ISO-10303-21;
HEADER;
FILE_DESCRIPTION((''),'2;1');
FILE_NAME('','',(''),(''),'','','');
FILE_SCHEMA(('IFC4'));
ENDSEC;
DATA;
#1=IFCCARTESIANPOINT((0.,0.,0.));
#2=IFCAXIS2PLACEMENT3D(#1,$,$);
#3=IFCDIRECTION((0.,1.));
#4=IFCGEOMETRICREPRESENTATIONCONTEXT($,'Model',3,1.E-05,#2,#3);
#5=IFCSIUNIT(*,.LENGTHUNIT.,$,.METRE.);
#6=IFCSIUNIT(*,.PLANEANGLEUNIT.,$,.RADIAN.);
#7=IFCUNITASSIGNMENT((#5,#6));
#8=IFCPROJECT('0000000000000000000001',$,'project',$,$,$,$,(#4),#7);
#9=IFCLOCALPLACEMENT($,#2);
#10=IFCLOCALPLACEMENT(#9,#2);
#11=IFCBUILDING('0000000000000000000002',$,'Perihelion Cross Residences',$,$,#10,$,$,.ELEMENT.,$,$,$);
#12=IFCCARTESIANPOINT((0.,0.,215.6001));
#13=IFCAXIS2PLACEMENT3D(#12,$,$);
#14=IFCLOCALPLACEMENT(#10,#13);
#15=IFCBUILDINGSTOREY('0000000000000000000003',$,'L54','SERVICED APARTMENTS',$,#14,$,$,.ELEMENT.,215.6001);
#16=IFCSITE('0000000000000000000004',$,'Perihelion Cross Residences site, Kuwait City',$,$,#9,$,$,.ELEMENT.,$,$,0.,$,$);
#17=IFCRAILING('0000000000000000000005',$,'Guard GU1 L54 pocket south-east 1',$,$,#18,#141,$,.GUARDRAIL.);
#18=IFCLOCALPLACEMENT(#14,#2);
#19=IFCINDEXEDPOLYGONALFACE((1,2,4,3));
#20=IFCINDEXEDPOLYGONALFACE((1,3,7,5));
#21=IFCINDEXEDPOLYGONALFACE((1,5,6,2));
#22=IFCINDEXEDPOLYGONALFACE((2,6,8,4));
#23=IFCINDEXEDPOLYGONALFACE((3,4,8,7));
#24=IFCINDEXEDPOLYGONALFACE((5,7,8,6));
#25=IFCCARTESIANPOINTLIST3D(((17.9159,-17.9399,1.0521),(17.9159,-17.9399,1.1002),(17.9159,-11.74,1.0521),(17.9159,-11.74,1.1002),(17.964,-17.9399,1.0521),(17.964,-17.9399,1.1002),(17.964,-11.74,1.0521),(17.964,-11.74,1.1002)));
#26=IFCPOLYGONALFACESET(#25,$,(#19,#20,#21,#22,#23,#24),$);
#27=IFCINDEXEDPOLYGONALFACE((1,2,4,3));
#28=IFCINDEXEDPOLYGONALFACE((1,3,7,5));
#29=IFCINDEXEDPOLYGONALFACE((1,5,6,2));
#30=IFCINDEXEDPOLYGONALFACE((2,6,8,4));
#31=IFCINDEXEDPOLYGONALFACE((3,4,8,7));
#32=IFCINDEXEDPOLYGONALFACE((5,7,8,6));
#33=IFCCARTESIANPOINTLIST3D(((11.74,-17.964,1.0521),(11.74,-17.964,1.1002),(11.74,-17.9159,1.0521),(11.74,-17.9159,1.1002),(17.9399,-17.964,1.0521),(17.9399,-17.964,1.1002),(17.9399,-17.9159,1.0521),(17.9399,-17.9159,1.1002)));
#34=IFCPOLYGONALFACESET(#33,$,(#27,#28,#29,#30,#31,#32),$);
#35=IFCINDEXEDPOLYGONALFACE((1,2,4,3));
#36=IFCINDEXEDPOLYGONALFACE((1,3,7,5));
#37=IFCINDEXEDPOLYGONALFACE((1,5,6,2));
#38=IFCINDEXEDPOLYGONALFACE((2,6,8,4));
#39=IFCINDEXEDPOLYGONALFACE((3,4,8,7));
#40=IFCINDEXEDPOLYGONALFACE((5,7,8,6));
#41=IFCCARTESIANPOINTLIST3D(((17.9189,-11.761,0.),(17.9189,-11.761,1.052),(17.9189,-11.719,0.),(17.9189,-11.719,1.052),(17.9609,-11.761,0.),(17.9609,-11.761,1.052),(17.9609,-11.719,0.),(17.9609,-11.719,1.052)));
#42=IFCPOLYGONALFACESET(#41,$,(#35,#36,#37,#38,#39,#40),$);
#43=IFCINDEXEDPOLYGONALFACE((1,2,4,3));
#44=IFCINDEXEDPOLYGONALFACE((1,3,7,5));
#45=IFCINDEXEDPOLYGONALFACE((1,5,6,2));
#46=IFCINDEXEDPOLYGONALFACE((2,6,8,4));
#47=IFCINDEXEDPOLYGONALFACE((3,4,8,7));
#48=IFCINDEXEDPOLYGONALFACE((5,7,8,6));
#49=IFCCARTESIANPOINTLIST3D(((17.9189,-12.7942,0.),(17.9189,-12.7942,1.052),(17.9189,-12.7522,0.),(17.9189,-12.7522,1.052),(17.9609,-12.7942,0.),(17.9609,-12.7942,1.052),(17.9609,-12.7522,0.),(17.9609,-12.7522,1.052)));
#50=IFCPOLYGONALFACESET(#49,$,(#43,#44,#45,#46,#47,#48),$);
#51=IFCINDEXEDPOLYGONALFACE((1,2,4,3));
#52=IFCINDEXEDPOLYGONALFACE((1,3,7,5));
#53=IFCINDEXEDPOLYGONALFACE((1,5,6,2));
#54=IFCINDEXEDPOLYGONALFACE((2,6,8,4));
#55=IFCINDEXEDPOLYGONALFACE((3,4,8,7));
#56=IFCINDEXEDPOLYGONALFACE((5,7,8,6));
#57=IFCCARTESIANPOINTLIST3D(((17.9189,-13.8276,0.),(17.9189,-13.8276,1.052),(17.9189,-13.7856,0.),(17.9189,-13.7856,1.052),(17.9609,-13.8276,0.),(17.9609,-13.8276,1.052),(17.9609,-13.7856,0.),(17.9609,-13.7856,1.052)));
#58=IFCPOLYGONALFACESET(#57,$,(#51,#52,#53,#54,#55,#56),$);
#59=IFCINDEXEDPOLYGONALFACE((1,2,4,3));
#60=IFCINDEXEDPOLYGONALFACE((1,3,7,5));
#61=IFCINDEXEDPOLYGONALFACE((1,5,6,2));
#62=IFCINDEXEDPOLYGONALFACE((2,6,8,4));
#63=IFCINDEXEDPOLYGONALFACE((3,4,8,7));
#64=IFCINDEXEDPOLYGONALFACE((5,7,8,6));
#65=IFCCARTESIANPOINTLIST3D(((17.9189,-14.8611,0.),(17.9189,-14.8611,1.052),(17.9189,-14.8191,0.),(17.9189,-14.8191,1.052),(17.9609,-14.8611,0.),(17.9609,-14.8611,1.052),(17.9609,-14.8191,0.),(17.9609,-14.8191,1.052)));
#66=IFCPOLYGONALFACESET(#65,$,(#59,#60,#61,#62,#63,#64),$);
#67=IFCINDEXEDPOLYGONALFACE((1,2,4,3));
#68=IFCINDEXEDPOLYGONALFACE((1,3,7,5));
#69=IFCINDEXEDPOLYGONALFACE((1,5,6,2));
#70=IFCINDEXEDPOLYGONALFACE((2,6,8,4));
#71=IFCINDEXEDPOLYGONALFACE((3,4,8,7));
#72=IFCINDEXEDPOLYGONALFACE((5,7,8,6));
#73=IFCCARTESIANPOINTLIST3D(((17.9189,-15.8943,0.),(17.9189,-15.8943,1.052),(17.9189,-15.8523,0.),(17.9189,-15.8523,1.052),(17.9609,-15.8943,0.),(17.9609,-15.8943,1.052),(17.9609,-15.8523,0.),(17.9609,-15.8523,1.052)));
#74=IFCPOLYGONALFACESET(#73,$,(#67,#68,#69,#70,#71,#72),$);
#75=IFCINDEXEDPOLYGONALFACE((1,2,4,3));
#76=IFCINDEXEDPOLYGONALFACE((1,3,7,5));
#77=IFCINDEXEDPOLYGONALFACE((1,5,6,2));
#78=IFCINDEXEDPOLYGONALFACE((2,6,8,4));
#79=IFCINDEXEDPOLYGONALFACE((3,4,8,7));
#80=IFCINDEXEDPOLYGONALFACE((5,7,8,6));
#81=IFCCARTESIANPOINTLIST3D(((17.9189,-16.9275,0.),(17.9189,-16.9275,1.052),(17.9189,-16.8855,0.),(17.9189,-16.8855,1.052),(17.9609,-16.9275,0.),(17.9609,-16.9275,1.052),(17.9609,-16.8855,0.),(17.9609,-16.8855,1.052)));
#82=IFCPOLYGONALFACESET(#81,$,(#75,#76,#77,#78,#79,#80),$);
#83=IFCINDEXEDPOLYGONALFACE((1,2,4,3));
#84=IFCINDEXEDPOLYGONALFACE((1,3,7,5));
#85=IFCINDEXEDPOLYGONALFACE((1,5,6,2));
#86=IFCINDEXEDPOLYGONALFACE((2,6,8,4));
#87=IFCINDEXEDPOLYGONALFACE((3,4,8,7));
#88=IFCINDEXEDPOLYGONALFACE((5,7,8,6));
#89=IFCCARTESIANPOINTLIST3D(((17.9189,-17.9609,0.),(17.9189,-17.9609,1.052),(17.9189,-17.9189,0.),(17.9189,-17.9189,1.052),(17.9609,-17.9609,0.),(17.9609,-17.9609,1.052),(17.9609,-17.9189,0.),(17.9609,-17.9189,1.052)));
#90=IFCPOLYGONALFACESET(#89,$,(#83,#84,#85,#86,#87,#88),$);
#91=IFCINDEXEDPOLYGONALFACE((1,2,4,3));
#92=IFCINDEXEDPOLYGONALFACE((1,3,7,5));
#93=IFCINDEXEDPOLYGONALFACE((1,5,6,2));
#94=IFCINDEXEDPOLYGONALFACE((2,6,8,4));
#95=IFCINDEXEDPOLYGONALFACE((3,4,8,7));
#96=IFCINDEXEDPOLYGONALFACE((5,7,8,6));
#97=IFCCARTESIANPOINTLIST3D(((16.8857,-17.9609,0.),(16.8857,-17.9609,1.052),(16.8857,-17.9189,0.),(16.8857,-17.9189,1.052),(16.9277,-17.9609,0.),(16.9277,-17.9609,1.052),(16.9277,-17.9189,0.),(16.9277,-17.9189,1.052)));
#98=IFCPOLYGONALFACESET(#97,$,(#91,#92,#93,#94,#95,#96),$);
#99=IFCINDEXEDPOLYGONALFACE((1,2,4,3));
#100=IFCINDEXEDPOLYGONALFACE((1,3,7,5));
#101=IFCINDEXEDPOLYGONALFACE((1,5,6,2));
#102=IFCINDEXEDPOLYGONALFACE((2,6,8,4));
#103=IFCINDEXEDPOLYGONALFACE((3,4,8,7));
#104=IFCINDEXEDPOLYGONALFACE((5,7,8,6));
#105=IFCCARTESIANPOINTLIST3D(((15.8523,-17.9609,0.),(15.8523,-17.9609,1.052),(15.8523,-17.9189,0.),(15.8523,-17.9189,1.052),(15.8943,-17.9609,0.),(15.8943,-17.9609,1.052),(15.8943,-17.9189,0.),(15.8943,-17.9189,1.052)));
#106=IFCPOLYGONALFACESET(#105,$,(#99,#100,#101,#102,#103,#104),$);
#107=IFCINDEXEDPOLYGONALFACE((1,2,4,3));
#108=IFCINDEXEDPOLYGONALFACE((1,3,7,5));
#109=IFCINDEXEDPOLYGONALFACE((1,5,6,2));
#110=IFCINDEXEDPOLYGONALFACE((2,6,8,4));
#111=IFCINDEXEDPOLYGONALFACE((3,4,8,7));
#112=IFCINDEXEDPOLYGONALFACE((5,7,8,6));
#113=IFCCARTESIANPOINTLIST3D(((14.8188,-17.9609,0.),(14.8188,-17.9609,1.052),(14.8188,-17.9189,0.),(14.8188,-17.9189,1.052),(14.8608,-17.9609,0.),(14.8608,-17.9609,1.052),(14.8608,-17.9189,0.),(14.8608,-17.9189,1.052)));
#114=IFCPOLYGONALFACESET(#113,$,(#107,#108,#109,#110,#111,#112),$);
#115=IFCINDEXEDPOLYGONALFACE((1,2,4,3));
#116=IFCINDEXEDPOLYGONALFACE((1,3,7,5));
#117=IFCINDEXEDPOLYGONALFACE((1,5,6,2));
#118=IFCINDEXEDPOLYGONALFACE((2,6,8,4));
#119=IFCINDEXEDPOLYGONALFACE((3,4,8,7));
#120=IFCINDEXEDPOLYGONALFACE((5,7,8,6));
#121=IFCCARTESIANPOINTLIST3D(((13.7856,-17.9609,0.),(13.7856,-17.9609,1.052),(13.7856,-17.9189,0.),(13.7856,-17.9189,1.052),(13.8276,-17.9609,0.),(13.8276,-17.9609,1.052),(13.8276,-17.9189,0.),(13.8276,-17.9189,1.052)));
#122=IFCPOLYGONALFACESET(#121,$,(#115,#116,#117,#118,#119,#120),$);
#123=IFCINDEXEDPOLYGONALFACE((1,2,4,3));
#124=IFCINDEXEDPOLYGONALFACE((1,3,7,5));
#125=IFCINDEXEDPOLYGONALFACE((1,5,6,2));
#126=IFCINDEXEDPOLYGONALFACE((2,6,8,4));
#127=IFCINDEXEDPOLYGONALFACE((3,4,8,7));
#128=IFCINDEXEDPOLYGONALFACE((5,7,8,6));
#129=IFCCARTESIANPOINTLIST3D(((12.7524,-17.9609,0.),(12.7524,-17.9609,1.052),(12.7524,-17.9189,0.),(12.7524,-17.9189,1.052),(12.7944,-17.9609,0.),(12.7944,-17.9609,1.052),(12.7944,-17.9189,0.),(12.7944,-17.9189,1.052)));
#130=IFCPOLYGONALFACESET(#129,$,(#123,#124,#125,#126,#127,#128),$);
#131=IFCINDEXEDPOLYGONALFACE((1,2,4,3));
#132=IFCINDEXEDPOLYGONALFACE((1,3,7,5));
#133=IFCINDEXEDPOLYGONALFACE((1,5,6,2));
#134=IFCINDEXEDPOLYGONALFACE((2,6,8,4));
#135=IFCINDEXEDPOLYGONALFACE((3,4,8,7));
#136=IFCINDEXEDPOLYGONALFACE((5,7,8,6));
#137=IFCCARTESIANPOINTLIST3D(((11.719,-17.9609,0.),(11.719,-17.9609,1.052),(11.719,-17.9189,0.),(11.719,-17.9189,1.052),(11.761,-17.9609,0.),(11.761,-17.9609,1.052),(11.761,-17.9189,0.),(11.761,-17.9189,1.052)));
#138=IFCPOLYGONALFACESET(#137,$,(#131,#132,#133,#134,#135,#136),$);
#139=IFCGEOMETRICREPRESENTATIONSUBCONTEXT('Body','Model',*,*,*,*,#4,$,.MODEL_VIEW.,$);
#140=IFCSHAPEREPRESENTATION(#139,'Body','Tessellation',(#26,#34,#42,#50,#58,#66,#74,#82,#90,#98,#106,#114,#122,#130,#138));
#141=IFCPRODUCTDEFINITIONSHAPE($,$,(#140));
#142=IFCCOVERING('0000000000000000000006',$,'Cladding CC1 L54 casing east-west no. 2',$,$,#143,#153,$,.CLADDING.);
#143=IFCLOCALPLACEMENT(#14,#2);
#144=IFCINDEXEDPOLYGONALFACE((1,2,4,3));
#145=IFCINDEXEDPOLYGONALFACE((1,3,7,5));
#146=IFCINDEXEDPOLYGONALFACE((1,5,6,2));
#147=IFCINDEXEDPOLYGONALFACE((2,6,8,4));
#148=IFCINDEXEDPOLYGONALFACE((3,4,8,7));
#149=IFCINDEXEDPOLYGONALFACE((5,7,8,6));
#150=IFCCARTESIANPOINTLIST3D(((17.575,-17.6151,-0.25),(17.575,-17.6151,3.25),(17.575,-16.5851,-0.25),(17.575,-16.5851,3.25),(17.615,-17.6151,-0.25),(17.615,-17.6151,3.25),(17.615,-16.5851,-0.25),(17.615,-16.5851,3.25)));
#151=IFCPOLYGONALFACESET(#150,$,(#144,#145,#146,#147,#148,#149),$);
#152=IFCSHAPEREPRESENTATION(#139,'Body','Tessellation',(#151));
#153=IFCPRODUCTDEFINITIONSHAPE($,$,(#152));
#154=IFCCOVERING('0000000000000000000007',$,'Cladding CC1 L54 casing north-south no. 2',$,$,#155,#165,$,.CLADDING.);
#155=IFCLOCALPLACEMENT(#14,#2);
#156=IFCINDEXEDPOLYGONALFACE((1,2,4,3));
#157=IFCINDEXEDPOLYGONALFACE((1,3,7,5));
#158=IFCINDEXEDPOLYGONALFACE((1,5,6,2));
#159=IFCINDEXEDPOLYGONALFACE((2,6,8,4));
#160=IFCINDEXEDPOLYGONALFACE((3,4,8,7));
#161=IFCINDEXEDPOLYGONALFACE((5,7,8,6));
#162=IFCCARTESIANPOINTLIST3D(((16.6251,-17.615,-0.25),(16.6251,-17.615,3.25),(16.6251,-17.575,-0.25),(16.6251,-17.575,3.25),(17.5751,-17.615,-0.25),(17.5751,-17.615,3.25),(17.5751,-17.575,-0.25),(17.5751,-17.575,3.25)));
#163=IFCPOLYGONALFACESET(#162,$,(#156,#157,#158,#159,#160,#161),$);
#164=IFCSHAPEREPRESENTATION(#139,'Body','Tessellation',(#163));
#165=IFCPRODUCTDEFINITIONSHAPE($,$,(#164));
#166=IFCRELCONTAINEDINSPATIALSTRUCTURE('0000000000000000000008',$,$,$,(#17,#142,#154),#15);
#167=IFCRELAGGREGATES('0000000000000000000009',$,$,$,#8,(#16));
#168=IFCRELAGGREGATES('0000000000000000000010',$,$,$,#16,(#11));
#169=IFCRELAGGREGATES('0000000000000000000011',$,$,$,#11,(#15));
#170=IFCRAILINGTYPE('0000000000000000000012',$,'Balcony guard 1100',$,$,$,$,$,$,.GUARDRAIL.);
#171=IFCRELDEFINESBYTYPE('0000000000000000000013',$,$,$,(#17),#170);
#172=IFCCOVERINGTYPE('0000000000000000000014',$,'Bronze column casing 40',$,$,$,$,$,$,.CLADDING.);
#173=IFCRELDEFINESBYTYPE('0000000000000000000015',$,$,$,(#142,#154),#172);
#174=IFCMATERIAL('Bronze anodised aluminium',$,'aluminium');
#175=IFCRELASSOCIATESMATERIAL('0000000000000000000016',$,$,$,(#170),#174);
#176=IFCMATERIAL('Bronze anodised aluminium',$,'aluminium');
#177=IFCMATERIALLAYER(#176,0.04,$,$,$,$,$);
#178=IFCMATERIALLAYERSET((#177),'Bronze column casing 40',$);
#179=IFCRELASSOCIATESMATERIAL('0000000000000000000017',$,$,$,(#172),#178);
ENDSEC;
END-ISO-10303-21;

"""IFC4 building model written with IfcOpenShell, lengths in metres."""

from ifc_helpers import new_model, si_unit, direction, frame, origin, origin_2d, place, context, subcontext, project, spatial, rectangle, extrude, material, layer, layer_set, type_object, element, save


model = new_model("IFC4")

# Units and contexts
model_context = context("Model", 3, precision=1e-05, world=origin(), true_north=direction((0.0, 1.0)))
body_context = subcontext(model_context, "Body", "Model", "MODEL_VIEW")
ifc_project = project(units=[si_unit("LENGTHUNIT", "METRE"), si_unit("PLANEANGLEUNIT", "RADIAN")], contexts=[model_context])

# Site, building, storey
site_placement = place(None, origin())
site = spatial("IfcSite", under=ifc_project, at=site_placement, Name="Perihelion Cross Residences site, Kuwait City", CompositionType="ELEMENT", RefElevation=0.0)
building_placement = place(site_placement, origin())
building = spatial("IfcBuilding", under=site, at=building_placement, Name="Perihelion Cross Residences", CompositionType="ELEMENT")
storey_placement = place(building_placement, frame((0.0, 0.0, 215.6001)))
storey = spatial("IfcBuildingStorey", under=building, at=storey_placement, Name="L54", Description="SERVICED APARTMENTS", CompositionType="ELEMENT", Elevation=215.6001)

# Railing
ifc_material_1 = material(Name="Bronze anodised aluminium", Category="aluminium")
railing_type = type_object("IfcRailingType", Name="Balcony guard 1100", PredefinedType="GUARDRAIL", material=ifc_material_1)
railing_1_placement = place(storey_placement, frame((17.9399, -11.74, 0.0)))
element("IfcRailing", 1, at=railing_1_placement, inside=storey, type_object=railing_type, Name="Guard GU1 L54 pocket south-east 1", PredefinedType="GUARDRAIL", context=body_context, shape_type="SweptSolid", body=[
    extrude(rectangle(XDim=0.0481, YDim=0.0481, at=origin_2d()), frame((0.0, 0.0, 1.0762), z_axis=(0.0, -1.0, 0.0), x_axis=(1.0, 0.0, 0.0)), (0.0, 0.0, 1.0), 6.2),
    extrude(rectangle(XDim=0.0481, YDim=0.0481, at=origin_2d()), frame((0.0, -6.2, 1.0762), z_axis=(-1.0, 0.0, 0.0), x_axis=(0.0, -1.0, 0.0)), (0.0, 0.0, 1.0), 6.2),
    extrude(rectangle(XDim=0.042, YDim=0.042, at=origin_2d()), origin(), (0.0, 0.0, 1.0), 1.052),
    extrude(rectangle(XDim=0.042, YDim=0.042, at=origin_2d()), frame((0.0, -1.0332, 0.0)), (0.0, 0.0, 1.0), 1.052),
    extrude(rectangle(XDim=0.042, YDim=0.042, at=origin_2d()), frame((0.0, -2.0667, 0.0)), (0.0, 0.0, 1.0), 1.052),
    extrude(rectangle(XDim=0.042, YDim=0.042, at=origin_2d()), frame((0.0, -3.1001, 0.0)), (0.0, 0.0, 1.0), 1.052),
    extrude(rectangle(XDim=0.042, YDim=0.042, at=origin_2d()), frame((0.0, -4.1333, 0.0)), (0.0, 0.0, 1.0), 1.052),
    extrude(rectangle(XDim=0.042, YDim=0.042, at=origin_2d()), frame((0.0, -5.1665, 0.0)), (0.0, 0.0, 1.0), 1.052),
    extrude(rectangle(XDim=0.042, YDim=0.042, at=origin_2d()), frame((0.0, -6.2, 0.0)), (0.0, 0.0, 1.0), 1.052),
    extrude(rectangle(XDim=0.042, YDim=0.042, at=origin_2d()), frame((-1.0332, -6.2, 0.0)), (0.0, 0.0, 1.0), 1.052),
    extrude(rectangle(XDim=0.042, YDim=0.042, at=origin_2d()), frame((-2.0667, -6.2, 0.0)), (0.0, 0.0, 1.0), 1.052),
    extrude(rectangle(XDim=0.042, YDim=0.042, at=origin_2d()), frame((-3.1001, -6.2, 0.0)), (0.0, 0.0, 1.0), 1.052),
    extrude(rectangle(XDim=0.042, YDim=0.042, at=origin_2d()), frame((-4.1333, -6.2, 0.0)), (0.0, 0.0, 1.0), 1.052),
    extrude(rectangle(XDim=0.042, YDim=0.042, at=origin_2d()), frame((-5.1665, -6.2, 0.0)), (0.0, 0.0, 1.0), 1.052),
    extrude(rectangle(XDim=0.042, YDim=0.042, at=origin_2d()), frame((-6.2, -6.2, 0.0)), (0.0, 0.0, 1.0), 1.052),
])

# Coverings
ifc_material_2 = material(Name="Bronze anodised aluminium", Category="aluminium")
ifc_layer_1 = layer(ifc_material_2, 0.04)
ifc_layer_set_1 = layer_set([ifc_layer_1], Name="Bronze column casing 40")
covering_type = type_object("IfcCoveringType", Name="Bronze column casing 40", PredefinedType="CLADDING", material=ifc_layer_set_1)
covering_1_placement = place(storey_placement, frame((17.595, -17.1001, -0.25), z_axis=(0.0, 0.0, 1.0), x_axis=(1.0, 0.0, 0.0)))
element("IfcCovering", 2, at=covering_1_placement, inside=storey, type_object=covering_type, Name="Cladding CC1 L54 casing east-west no. 2", PredefinedType="CLADDING", context=body_context, shape_type="SweptSolid", body=[
    extrude(rectangle(XDim=0.04, YDim=1.03, at=origin_2d()), origin(), (0.0, 0.0, 1.0), 3.5),
])
covering_2_placement = place(storey_placement, frame((17.1001, -17.595, -0.25), z_axis=(0.0, 0.0, 1.0), x_axis=(1.0, 0.0, 0.0)))
element("IfcCovering", 3, at=covering_2_placement, inside=storey, type_object=covering_type, Name="Cladding CC1 L54 casing north-south no. 2", PredefinedType="CLADDING", context=body_context, shape_type="SweptSolid", body=[
    extrude(rectangle(XDim=0.95, YDim=0.04, at=origin_2d()), origin(), (0.0, 0.0, 1.0), 3.5),
])

save(model, "model.ifc")
